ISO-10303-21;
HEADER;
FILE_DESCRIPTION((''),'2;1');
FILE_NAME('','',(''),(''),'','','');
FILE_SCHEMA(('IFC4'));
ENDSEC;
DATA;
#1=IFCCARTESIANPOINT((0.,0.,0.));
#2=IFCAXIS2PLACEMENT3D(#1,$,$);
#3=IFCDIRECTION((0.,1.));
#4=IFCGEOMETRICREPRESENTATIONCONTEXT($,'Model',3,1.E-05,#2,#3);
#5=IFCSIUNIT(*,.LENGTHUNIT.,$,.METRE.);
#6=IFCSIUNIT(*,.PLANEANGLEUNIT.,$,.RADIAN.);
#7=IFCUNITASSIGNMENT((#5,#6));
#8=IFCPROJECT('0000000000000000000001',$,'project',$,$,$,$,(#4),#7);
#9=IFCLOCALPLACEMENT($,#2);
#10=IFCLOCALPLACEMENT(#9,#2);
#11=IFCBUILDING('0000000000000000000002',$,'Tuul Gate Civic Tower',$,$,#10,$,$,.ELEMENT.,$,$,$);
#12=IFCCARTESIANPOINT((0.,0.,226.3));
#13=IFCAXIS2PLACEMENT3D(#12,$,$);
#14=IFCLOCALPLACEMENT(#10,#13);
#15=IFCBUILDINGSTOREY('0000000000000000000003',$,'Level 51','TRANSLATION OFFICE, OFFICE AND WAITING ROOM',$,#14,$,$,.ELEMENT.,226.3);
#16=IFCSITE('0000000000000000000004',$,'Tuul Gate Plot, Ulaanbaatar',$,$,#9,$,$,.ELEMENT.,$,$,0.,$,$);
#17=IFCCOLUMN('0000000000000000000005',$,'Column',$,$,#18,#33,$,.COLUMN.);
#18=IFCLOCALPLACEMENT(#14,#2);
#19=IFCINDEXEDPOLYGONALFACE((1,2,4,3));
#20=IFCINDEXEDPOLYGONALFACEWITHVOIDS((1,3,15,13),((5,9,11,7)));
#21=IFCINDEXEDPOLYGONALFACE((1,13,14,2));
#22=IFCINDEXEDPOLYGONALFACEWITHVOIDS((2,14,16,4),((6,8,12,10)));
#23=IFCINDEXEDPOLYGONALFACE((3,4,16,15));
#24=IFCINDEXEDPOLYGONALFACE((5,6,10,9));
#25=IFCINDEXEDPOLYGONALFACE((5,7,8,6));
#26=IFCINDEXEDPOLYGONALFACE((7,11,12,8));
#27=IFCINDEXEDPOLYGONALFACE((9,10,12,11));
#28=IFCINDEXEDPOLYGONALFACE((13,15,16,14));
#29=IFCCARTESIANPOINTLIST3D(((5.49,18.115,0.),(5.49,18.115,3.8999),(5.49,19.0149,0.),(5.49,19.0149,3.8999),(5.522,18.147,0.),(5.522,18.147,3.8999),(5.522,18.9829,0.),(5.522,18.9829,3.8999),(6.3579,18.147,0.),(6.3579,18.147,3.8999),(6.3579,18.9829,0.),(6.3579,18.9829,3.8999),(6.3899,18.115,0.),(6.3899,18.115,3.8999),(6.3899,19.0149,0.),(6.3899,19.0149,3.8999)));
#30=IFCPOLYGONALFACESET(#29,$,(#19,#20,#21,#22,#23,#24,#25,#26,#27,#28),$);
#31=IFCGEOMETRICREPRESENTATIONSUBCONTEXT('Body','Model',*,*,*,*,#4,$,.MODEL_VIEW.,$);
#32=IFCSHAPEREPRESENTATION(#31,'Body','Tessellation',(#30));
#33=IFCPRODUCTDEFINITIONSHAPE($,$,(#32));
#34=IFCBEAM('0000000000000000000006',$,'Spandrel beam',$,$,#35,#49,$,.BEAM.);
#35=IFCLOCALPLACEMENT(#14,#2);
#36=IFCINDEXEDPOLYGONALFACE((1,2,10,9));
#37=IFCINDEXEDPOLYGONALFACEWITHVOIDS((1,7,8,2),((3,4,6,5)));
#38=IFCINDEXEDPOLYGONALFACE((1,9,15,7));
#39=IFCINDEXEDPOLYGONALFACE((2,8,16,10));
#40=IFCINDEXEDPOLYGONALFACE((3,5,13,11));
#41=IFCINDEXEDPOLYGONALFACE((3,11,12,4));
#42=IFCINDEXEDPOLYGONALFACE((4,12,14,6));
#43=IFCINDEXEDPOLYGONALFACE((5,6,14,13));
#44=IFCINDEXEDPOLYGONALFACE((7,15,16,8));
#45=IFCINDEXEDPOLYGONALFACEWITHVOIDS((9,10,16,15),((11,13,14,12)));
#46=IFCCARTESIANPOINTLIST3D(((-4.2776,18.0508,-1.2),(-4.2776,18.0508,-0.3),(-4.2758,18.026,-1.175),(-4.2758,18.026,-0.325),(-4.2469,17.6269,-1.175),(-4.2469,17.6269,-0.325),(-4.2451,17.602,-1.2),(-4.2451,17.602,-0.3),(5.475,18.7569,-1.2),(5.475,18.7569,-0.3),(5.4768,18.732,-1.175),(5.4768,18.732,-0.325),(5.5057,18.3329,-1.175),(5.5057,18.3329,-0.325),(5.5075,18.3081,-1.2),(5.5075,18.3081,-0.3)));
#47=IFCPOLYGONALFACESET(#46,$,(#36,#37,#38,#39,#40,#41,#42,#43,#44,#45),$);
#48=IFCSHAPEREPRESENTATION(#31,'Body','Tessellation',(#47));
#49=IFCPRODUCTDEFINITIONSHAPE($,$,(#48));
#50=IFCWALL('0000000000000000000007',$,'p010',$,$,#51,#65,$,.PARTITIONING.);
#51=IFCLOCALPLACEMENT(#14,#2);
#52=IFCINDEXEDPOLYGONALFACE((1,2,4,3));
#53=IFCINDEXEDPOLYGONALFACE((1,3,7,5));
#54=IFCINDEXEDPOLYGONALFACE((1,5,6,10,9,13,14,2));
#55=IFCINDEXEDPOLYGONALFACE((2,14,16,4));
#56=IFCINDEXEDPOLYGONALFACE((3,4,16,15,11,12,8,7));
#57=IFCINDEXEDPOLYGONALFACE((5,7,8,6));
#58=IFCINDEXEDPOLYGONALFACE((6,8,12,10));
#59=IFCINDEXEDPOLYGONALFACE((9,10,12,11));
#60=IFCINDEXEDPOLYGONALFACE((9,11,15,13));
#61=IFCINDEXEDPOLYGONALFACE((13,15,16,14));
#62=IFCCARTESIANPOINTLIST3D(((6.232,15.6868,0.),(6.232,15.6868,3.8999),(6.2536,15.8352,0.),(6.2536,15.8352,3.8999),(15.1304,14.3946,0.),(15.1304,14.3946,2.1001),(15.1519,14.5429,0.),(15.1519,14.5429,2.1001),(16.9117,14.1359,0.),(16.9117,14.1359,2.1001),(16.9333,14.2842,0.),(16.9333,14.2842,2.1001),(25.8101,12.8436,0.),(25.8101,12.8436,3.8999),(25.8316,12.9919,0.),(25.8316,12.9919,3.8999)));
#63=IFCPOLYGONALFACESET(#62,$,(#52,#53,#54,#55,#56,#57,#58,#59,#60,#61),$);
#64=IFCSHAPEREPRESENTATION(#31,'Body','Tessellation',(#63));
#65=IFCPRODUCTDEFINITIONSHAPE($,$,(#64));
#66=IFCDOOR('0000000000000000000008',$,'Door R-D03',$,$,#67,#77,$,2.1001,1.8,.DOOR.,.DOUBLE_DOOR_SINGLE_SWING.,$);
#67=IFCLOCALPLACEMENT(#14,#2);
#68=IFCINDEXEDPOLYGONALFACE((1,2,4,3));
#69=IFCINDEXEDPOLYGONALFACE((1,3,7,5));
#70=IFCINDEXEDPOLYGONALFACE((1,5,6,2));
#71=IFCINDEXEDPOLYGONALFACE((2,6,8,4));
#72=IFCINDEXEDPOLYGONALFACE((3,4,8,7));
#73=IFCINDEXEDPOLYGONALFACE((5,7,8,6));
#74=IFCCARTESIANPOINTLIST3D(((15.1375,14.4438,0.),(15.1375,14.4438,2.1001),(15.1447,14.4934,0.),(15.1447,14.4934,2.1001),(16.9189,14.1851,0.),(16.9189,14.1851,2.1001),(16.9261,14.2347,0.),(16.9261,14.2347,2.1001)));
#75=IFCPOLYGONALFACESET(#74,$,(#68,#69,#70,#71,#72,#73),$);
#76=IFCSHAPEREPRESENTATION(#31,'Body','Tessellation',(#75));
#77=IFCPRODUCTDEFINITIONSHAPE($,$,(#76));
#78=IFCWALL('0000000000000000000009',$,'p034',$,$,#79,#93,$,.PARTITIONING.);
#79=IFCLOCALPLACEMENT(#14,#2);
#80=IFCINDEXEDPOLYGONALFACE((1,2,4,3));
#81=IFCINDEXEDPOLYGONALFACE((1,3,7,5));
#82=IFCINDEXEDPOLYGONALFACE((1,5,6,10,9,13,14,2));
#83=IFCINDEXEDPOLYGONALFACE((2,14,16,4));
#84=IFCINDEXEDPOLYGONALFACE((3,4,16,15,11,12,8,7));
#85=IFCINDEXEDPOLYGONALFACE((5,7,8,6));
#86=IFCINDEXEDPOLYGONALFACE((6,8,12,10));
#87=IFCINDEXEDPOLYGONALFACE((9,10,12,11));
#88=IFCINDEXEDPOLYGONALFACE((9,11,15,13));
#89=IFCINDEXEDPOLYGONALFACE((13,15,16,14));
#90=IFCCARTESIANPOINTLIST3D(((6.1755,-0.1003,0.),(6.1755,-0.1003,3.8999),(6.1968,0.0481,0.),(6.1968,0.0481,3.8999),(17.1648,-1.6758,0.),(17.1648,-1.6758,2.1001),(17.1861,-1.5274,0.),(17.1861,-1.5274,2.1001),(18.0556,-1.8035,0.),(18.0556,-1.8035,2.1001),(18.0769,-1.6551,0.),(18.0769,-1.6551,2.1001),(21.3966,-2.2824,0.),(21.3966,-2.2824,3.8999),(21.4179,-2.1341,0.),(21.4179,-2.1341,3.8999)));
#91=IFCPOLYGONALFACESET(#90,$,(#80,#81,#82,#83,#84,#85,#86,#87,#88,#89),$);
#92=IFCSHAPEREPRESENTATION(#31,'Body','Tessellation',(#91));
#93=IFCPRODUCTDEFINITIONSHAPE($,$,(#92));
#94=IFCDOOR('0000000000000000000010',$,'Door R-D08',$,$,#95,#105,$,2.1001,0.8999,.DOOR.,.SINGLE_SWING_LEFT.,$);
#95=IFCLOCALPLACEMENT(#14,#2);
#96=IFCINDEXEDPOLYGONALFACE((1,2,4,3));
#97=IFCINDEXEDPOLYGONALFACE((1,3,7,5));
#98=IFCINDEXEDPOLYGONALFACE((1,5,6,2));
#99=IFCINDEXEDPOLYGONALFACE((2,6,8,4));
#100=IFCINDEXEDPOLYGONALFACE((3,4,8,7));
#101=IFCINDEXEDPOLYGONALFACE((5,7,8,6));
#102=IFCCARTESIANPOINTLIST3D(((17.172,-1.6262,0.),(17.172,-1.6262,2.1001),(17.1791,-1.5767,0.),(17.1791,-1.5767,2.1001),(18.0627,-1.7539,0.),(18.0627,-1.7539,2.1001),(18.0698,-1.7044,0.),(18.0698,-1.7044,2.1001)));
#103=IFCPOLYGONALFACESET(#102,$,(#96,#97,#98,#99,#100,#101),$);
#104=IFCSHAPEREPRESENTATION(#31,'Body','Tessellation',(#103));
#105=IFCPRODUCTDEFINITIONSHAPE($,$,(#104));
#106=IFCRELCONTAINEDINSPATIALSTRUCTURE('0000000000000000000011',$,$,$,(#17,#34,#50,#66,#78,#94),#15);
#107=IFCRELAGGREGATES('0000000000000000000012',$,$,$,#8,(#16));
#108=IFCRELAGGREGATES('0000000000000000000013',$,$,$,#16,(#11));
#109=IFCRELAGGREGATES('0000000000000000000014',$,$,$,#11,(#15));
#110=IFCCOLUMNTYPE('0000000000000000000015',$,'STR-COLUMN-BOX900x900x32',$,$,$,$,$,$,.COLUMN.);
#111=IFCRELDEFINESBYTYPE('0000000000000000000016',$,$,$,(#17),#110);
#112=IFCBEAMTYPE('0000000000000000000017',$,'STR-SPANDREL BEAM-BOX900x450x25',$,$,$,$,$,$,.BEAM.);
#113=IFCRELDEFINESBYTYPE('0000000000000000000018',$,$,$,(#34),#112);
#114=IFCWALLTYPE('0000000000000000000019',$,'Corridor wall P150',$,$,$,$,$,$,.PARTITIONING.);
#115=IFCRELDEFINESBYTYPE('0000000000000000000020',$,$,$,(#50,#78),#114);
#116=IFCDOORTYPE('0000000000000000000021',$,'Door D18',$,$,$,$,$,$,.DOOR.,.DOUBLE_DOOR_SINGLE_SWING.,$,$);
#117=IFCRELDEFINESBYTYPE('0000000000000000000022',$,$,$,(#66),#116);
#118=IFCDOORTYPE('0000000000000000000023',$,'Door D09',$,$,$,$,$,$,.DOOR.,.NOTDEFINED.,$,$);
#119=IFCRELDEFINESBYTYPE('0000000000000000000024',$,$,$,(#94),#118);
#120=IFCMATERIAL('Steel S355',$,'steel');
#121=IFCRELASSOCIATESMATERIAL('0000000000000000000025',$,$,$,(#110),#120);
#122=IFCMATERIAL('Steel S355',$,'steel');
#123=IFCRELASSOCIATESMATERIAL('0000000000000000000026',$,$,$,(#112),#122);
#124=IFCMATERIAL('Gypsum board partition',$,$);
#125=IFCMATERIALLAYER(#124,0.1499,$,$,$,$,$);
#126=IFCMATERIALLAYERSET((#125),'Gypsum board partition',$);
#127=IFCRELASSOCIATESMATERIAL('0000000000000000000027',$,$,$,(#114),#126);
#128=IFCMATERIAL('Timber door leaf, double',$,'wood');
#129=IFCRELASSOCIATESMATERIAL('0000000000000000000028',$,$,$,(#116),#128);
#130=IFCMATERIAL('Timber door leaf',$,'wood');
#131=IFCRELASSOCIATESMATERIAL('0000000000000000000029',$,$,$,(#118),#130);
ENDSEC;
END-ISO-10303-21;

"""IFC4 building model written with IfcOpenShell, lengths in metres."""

from ifc_helpers import new_model, si_unit, direction, frame, frame_2d, origin, origin_2d, place, context, subcontext, project, spatial, rectangle, hollow_rectangle, extrude, material, layer, layer_set, material_profile, profile_set, type_object, element, fill, save


model = new_model("IFC4")

# Units and contexts
model_context = context("Model", 3, precision=1e-05, world=origin(), true_north=direction((0.0, 1.0)))
body_context = subcontext(model_context, "Body", "Model", "MODEL_VIEW")
ifc_project = project(units=[si_unit("LENGTHUNIT", "METRE"), si_unit("PLANEANGLEUNIT", "RADIAN")], contexts=[model_context])

# Site, building, storey
site_placement = place(None, origin())
site = spatial("IfcSite", under=ifc_project, at=site_placement, Name="Tuul Gate Plot, Ulaanbaatar", CompositionType="ELEMENT", RefElevation=0.0)
building_placement = place(site_placement, origin())
building = spatial("IfcBuilding", under=site, at=building_placement, Name="Tuul Gate Civic Tower", CompositionType="ELEMENT")
storey_placement = place(building_placement, frame((0.0, 0.0, 226.3)))
storey = spatial("IfcBuildingStorey", under=building, at=storey_placement, Name="Level 51", Description="TRANSLATION OFFICE, OFFICE AND WAITING ROOM", CompositionType="ELEMENT", Elevation=226.3)

# Column
ifc_material_1 = material(Name="Steel S355", Category="steel")
ifc_material_profile_1 = material_profile(ifc_material_1, hollow_rectangle(XDim=0.8999, YDim=0.8999, WallThickness=0.032, at=origin_2d()), Name="BOX900x900x32")
ifc_profile_set_1 = profile_set([ifc_material_profile_1], Name="Steel S355")
column_type = type_object("IfcColumnType", Name="STR-COLUMN-BOX900x900x32", PredefinedType="COLUMN", material=ifc_profile_set_1)
column_placement = place(storey_placement, frame((5.9399, 18.5649, 0.0), z_axis=(0.0, 0.0, 1.0), x_axis=(1.0, 0.0, 0.0)))
element("IfcColumn", 1, at=column_placement, inside=storey, type_object=column_type, Name="Column", PredefinedType="COLUMN", context=body_context, shape_type="SweptSolid", body=[
    extrude(hollow_rectangle(XDim=0.8999, YDim=0.8999, WallThickness=0.032, at=origin_2d()), origin(), (0.0, 0.0, 1.0), 3.8999),
])

# Beam
ifc_material_2 = material(Name="Steel S355", Category="steel")
ifc_material_profile_2 = material_profile(ifc_material_2, hollow_rectangle(XDim=0.45, YDim=0.8999, WallThickness=0.0249, at=origin_2d()), Name="BOX900x450x25")
ifc_profile_set_2 = profile_set([ifc_material_profile_2], Name="Steel S355")
beam_type = type_object("IfcBeamType", Name="STR-SPANDREL BEAM-BOX900x450x25", PredefinedType="BEAM", material=ifc_profile_set_2)
beam_placement = place(storey_placement, frame((5.4912, 18.5325, -0.75), z_axis=(-0.99739, -0.072209, 0.0), x_axis=(0.072209, -0.99739, 0.0)))
element("IfcBeam", 2, at=beam_placement, inside=storey, type_object=beam_type, Name="Spandrel beam", PredefinedType="BEAM", context=body_context, shape_type="SweptSolid", body=[
    extrude(hollow_rectangle(XDim=0.45, YDim=0.8999, WallThickness=0.0249, at=origin_2d()), origin(), (0.0, 0.0, 1.0), 9.7781),
])

# Walls, openings, doors
ifc_material_3 = material(Name="Gypsum board partition")
ifc_layer_1 = layer(ifc_material_3, 0.1499)
ifc_layer_set_1 = layer_set([ifc_layer_1], Name="Gypsum board partition")
wall_type_1 = type_object("IfcWallType", Name="Corridor wall P150", PredefinedType="PARTITIONING", material=ifc_layer_set_1)
wall_1_placement = place(storey_placement, frame((6.2429, 15.761, 0.0), z_axis=(0.0, 0.0, 1.0), x_axis=(0.989619, -0.143719, 0.0)))
wall_1 = element("IfcWall", 3, at=wall_1_placement, inside=storey, type_object=wall_type_1, Name="p010", PredefinedType="PARTITIONING", context=body_context, shape_type="SweptSolid", body=[
    extrude(rectangle(XDim=19.7834, YDim=0.1499, at=frame_2d((9.8916, 0.0))), origin(), (0.0, 0.0, 1.0), 3.8999),
])
opening_1_placement = place(wall_1_placement, frame((8.9917, 0.0, 0.0)))
opening_1 = element("IfcOpeningElement", 4, at=opening_1_placement, cuts=wall_1, PredefinedType="OPENING", context=body_context, shape_type="SweptSolid", body=[
    extrude(rectangle(XDim=1.8, YDim=2.1001, at=frame_2d((0.8999, 1.05))), frame((0.0, 0.085, 0.0), z_axis=(0.0, -1.0, 0.0), x_axis=(1.0, 0.0, 0.0)), (0.0, 0.0, 1.0), 0.1699),
])
ifc_material_4 = material(Name="Timber door leaf, double", Category="wood")
door_type_1 = type_object("IfcDoorType", Name="Door D18", OperationType="DOUBLE_DOOR_SINGLE_SWING", PredefinedType="DOOR", material=ifc_material_4)
door_1_placement = place(opening_1_placement, origin())
door_1 = element("IfcDoor", 5, at=door_1_placement, inside=storey, type_object=door_type_1, Name="Door R-D03", OperationType="DOUBLE_DOOR_SINGLE_SWING", OverallHeight=2.1001, OverallWidth=1.8, PredefinedType="DOOR", context=body_context, shape_type="SweptSolid", body=[
    extrude(rectangle(XDim=1.8, YDim=2.1001, at=frame_2d((0.8999, 1.05))), frame((0.0, 0.0249, 0.0), z_axis=(0.0, -1.0, 0.0), x_axis=(1.0, 0.0, 0.0)), (0.0, 0.0, 1.0), 0.05),
])
fill(opening_1, door_1)
wall_2_placement = place(storey_placement, frame((6.186, -0.0261, 0.0), z_axis=(0.0, 0.0, 1.0), x_axis=(0.98988, -0.14191, 0.0)))
wall_2 = element("IfcWall", 6, at=wall_2_placement, inside=storey, type_object=wall_type_1, Name="p034", PredefinedType="PARTITIONING", context=body_context, shape_type="SweptSolid", body=[
    extrude(rectangle(XDim=15.3767, YDim=0.1499, at=frame_2d((7.6885, 0.0))), origin(), (0.0, 0.0, 1.0), 3.8999),
])
opening_2_placement = place(wall_2_placement, frame((11.1018, 0.0, 0.0)))
opening_2 = element("IfcOpeningElement", 7, at=opening_2_placement, cuts=wall_2, PredefinedType="OPENING", context=body_context, shape_type="SweptSolid", body=[
    extrude(rectangle(XDim=0.8999, YDim=2.1001, at=frame_2d((0.45, 1.05))), frame((0.0, 0.085, 0.0), z_axis=(0.0, -1.0, 0.0), x_axis=(1.0, 0.0, 0.0)), (0.0, 0.0, 1.0), 0.1699),
])
ifc_material_5 = material(Name="Timber door leaf", Category="wood")
door_type_2 = type_object("IfcDoorType", Name="Door D09", OperationType="NOTDEFINED", PredefinedType="DOOR", material=ifc_material_5)
door_2_placement = place(opening_2_placement, frame((0.8999, 0.0, 0.0), z_axis=(0.0, 0.0, 1.0), x_axis=(-1.0, 0.0, 0.0)))
door_2 = element("IfcDoor", 8, at=door_2_placement, inside=storey, type_object=door_type_2, Name="Door R-D08", OperationType="SINGLE_SWING_LEFT", OverallHeight=2.1001, OverallWidth=0.8999, PredefinedType="DOOR", context=body_context, shape_type="SweptSolid", body=[
    extrude(rectangle(XDim=0.8999, YDim=2.1001, at=frame_2d((0.45, 1.05))), frame((0.0, 0.0249, 0.0), z_axis=(0.0, -1.0, 0.0), x_axis=(1.0, 0.0, 0.0)), (0.0, 0.0, 1.0), 0.05),
])
fill(opening_2, door_2)

save(model, "model.ifc")
